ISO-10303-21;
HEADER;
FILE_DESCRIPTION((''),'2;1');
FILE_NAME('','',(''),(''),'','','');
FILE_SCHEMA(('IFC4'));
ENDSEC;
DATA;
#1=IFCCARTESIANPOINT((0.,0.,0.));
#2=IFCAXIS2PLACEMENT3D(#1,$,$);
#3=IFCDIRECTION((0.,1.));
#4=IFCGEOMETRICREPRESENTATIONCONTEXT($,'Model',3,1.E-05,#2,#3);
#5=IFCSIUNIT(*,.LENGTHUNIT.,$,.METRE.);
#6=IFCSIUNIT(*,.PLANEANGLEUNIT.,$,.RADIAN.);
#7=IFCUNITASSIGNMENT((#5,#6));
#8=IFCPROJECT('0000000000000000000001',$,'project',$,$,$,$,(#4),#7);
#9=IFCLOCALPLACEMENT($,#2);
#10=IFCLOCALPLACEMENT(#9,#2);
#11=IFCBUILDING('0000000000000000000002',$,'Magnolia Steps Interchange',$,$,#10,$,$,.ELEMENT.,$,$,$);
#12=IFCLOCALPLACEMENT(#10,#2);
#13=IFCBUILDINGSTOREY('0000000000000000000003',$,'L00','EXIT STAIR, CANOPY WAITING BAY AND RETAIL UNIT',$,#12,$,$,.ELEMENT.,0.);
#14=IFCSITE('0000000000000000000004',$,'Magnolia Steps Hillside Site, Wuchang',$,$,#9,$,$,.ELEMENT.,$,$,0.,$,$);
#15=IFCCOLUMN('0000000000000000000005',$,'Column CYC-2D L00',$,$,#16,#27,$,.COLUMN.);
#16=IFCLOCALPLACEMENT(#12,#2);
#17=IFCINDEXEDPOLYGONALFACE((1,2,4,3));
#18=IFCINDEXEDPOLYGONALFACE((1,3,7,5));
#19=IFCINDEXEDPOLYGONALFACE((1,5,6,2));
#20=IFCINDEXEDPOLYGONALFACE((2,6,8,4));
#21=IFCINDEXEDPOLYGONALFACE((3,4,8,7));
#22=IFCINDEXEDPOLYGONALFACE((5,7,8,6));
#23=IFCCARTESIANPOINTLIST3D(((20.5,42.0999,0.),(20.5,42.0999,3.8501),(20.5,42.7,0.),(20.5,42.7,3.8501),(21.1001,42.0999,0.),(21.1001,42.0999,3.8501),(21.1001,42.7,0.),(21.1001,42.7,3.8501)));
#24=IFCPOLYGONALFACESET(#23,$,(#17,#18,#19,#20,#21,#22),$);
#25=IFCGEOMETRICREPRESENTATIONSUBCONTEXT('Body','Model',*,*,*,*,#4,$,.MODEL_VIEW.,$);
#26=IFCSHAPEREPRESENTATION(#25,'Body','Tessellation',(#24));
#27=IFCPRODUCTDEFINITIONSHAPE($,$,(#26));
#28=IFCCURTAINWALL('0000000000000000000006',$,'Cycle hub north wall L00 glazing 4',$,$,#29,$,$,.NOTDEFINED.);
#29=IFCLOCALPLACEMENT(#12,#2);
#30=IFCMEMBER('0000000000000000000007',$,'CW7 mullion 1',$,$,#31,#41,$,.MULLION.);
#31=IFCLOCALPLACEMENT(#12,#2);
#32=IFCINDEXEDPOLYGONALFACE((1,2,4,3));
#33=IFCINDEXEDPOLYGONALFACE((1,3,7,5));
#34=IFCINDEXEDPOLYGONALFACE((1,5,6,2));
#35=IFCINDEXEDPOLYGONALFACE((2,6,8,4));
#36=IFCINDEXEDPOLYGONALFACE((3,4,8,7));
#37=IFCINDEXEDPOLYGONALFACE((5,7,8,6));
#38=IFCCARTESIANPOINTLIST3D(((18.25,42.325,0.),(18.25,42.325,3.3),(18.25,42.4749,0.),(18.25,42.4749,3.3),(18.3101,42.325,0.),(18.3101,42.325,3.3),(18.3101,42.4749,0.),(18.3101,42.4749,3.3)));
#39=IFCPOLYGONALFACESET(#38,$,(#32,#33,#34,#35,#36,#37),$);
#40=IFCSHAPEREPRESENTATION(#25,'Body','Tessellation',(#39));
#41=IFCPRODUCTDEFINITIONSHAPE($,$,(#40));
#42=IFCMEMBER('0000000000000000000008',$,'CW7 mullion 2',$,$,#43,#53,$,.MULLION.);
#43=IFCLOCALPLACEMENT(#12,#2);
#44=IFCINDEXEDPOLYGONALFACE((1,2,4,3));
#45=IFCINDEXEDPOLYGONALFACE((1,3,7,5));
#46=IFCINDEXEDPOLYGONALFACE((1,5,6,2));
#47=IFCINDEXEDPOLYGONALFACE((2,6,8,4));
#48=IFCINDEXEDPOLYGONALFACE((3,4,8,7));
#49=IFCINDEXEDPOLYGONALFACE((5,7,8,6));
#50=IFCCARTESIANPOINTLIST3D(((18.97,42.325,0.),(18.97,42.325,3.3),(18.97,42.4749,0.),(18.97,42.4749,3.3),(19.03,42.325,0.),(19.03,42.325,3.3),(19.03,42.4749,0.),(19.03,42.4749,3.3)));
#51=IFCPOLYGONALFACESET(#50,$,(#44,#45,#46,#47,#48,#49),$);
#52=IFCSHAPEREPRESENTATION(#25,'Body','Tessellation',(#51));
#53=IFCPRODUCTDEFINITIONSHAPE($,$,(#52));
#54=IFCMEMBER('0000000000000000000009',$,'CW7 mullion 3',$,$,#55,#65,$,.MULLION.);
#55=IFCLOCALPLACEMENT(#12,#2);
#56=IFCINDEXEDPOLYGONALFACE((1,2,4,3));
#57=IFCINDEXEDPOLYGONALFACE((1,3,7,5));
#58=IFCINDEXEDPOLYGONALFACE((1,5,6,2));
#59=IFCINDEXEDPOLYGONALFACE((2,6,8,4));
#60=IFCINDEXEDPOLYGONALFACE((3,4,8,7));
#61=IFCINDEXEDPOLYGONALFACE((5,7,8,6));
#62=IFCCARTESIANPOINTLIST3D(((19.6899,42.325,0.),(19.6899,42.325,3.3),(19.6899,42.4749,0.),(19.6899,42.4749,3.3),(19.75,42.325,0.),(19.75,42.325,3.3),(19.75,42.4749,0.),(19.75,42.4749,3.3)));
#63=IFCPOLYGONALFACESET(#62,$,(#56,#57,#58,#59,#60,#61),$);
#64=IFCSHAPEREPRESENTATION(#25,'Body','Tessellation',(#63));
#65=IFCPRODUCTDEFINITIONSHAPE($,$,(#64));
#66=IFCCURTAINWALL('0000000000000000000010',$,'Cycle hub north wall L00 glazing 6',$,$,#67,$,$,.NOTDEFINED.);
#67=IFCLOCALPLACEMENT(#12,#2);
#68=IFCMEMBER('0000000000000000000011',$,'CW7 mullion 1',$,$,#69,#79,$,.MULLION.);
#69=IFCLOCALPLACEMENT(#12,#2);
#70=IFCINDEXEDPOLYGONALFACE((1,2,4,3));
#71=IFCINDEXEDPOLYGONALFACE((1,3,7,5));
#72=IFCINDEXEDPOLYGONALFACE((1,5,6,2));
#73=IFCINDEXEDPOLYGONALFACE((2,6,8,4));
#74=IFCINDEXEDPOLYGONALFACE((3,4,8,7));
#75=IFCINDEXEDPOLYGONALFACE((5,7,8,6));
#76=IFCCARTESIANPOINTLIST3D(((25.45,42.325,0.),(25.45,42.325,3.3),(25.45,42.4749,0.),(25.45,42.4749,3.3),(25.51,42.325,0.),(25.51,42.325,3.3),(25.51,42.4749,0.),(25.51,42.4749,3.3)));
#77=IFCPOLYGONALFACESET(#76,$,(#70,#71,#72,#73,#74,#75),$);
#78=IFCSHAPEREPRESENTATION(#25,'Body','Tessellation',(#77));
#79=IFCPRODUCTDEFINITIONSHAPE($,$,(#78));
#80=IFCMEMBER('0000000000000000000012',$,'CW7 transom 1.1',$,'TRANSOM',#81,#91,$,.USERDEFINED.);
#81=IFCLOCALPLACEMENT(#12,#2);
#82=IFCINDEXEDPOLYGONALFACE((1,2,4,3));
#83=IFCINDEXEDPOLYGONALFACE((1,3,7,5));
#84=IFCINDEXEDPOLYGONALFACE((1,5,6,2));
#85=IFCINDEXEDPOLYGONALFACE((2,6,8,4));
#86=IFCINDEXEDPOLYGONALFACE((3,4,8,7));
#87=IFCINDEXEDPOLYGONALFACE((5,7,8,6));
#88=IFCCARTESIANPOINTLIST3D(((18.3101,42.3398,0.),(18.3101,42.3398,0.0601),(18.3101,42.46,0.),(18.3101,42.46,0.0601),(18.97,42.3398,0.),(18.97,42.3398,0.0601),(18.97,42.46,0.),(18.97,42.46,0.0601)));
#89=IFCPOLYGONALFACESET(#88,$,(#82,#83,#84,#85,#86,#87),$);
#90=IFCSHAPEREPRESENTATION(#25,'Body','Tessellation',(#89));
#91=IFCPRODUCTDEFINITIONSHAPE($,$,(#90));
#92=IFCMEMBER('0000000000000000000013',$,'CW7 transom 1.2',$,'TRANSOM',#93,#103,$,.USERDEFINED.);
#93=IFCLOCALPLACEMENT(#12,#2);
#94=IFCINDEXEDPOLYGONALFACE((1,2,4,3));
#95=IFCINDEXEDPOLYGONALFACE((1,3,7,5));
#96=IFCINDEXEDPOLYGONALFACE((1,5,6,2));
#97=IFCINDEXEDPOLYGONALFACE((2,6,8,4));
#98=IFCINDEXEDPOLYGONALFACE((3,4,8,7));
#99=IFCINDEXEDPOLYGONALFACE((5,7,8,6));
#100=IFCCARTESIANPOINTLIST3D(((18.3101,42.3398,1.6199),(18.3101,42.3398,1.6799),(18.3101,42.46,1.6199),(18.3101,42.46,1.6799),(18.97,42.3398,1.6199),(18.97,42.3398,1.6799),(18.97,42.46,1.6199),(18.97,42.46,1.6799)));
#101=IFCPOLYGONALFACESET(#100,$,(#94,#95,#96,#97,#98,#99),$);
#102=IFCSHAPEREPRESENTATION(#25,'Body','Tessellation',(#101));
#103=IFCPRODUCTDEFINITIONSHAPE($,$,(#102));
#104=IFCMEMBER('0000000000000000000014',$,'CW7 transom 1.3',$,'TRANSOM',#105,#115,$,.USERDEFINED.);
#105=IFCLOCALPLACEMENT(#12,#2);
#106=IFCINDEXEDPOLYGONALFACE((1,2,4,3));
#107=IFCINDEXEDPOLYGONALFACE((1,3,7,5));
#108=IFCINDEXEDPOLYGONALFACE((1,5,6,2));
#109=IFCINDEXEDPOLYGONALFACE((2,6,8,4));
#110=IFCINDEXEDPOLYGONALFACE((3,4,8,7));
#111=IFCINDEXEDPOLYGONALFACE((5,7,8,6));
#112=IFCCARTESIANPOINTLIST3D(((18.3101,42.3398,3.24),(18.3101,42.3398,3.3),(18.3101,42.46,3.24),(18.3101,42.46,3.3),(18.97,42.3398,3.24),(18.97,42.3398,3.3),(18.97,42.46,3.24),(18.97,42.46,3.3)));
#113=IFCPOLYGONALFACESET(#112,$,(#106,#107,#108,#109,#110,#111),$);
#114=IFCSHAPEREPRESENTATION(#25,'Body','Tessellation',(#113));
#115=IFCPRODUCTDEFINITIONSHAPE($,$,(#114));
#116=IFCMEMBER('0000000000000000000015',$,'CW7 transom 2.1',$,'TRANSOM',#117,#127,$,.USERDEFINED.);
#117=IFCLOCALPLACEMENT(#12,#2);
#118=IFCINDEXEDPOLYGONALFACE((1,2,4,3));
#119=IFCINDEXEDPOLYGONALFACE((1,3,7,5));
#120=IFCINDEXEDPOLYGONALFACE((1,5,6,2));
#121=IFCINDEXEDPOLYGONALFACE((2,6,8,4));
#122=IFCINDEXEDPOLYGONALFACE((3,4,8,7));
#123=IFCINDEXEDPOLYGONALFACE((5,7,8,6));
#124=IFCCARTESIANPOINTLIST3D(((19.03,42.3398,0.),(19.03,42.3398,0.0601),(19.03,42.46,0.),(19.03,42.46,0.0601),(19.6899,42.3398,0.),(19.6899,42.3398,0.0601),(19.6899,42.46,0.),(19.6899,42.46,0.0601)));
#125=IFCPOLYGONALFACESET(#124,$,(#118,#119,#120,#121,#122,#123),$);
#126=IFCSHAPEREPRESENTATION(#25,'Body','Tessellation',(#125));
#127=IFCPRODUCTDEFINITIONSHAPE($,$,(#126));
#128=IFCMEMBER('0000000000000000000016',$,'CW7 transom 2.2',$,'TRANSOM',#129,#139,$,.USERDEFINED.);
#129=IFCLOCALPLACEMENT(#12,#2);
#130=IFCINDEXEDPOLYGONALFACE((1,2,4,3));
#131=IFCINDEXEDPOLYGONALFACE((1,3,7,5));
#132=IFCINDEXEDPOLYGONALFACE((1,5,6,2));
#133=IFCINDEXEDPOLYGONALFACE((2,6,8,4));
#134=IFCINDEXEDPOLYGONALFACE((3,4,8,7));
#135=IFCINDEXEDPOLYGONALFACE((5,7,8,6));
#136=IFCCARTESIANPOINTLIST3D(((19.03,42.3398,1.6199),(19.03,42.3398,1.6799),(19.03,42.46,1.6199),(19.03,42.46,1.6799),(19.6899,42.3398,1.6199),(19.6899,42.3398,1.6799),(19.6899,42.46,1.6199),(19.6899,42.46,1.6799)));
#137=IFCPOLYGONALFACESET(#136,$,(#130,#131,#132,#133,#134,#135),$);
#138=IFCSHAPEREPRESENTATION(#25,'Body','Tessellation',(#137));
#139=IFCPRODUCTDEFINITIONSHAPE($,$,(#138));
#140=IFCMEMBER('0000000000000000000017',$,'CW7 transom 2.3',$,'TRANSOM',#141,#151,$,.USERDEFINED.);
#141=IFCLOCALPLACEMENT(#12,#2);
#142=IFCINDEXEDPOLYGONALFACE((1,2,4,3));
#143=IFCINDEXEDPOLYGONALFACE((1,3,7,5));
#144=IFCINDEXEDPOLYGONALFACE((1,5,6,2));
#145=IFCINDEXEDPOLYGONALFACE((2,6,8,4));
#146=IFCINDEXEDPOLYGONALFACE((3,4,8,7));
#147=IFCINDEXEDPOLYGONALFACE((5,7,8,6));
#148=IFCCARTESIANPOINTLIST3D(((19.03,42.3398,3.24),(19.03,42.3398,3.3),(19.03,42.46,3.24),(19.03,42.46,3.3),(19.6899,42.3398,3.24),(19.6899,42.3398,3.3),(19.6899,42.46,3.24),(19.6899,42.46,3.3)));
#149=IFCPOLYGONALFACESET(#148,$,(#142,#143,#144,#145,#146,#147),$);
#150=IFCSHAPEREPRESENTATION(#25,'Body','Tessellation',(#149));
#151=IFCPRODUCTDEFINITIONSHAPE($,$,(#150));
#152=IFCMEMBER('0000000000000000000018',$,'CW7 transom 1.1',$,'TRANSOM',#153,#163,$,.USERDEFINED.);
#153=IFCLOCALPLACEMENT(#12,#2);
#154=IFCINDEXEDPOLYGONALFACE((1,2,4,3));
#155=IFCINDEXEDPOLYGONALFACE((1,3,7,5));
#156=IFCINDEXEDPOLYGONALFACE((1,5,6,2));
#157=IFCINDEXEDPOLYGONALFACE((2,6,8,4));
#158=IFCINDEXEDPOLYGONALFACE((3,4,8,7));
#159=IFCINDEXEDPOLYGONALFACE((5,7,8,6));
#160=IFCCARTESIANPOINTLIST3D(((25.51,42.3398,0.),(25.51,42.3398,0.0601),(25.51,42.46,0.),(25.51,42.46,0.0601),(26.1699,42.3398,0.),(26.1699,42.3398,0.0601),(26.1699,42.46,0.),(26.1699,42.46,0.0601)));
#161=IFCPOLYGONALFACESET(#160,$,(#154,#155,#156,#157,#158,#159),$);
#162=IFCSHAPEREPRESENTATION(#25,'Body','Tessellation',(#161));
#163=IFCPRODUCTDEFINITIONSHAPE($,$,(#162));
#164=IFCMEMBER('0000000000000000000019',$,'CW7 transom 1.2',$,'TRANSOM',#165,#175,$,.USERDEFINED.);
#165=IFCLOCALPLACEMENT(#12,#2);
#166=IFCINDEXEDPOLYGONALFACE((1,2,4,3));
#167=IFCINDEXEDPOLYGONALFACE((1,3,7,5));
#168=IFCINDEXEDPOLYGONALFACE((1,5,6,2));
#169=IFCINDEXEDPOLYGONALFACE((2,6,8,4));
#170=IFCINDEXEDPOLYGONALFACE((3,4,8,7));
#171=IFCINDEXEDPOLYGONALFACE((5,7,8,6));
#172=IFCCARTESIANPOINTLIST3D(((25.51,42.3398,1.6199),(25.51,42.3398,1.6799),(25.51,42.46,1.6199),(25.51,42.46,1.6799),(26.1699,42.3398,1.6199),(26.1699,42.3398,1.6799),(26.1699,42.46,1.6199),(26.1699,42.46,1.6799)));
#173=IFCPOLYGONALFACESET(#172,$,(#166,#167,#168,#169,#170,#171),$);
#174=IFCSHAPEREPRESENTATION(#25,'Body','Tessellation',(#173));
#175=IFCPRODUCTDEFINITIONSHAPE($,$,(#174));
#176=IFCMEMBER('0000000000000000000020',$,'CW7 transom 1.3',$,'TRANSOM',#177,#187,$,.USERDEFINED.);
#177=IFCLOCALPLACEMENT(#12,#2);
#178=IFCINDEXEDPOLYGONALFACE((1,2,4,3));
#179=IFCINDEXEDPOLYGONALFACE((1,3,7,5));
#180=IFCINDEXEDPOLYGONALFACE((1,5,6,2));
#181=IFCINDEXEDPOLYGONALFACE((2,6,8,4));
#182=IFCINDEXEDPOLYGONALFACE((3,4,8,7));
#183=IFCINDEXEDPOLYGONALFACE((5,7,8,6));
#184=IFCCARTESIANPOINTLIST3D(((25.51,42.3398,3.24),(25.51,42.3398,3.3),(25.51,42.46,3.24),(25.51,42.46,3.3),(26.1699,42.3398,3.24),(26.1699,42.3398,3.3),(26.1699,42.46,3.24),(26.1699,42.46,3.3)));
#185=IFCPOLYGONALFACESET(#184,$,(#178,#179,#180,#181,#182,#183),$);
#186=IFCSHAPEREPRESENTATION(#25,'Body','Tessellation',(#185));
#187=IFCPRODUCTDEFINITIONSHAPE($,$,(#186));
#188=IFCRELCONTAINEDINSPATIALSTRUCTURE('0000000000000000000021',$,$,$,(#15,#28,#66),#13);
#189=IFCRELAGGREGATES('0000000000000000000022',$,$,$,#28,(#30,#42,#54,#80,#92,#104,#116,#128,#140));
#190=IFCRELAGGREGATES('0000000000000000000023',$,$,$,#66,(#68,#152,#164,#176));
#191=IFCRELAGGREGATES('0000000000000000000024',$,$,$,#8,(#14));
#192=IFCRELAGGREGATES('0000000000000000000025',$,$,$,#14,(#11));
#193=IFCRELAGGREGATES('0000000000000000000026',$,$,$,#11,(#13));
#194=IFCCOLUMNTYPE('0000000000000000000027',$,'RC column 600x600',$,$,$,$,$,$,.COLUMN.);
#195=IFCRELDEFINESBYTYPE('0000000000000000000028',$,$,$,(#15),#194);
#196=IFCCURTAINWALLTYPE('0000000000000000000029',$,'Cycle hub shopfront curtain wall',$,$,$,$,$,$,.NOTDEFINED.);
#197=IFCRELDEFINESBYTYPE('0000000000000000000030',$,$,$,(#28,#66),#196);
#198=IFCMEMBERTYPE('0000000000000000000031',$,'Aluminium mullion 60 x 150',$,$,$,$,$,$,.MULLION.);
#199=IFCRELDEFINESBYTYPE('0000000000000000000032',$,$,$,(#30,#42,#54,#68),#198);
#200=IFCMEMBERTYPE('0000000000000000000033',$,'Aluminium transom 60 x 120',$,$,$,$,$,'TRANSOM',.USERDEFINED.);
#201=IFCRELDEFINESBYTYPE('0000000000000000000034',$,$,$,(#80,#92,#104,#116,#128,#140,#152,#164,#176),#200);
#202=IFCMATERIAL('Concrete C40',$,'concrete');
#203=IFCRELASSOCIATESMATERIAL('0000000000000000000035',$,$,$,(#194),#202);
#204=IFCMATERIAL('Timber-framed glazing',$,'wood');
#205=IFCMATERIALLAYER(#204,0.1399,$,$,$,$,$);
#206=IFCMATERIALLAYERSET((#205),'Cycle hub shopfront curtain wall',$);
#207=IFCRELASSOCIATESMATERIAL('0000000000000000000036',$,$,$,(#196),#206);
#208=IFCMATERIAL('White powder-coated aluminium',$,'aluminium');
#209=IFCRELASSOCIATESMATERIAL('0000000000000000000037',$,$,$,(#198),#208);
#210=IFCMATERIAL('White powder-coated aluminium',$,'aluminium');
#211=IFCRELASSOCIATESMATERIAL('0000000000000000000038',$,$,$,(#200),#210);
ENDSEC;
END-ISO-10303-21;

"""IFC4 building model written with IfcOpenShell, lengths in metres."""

from ifc_helpers import new_model, si_unit, direction, frame, origin, origin_2d, place, context, subcontext, project, spatial, rectangle, extrude, material, layer, layer_set, material_profile, profile_set, type_object, element, aggregate, save


model = new_model("IFC4")

# Units and contexts
model_context = context("Model", 3, precision=1e-05, world=origin(), true_north=direction((0.0, 1.0)))
body_context = subcontext(model_context, "Body", "Model", "MODEL_VIEW")
ifc_project = project(units=[si_unit("LENGTHUNIT", "METRE"), si_unit("PLANEANGLEUNIT", "RADIAN")], contexts=[model_context])

# Site, building, storey
site_placement = place(None, origin())
site = spatial("IfcSite", under=ifc_project, at=site_placement, Name="Magnolia Steps Hillside Site, Wuchang", CompositionType="ELEMENT", RefElevation=0.0)
building_placement = place(site_placement, origin())
building = spatial("IfcBuilding", under=site, at=building_placement, Name="Magnolia Steps Interchange", CompositionType="ELEMENT")
storey_placement = place(building_placement, origin())
storey = spatial("IfcBuildingStorey", under=building, at=storey_placement, Name="L00", Description="EXIT STAIR, CANOPY WAITING BAY AND RETAIL UNIT", CompositionType="ELEMENT", Elevation=0.0)

# Column
ifc_material_1 = material(Name="Concrete C40", Category="concrete")
ifc_material_profile_1 = material_profile(ifc_material_1, rectangle(XDim=0.6001, YDim=0.6001, at=origin_2d()), Name="RC600x600")
ifc_profile_set_1 = profile_set([ifc_material_profile_1], Name="Concrete C40")
column_type = type_object("IfcColumnType", Name="RC column 600x600", PredefinedType="COLUMN", material=ifc_profile_set_1)
column_placement = place(storey_placement, frame((20.8, 42.3999, 0.0), z_axis=(0.0, 0.0, 1.0), x_axis=(1.0, 0.0, 0.0)))
element("IfcColumn", 1, at=column_placement, inside=storey, type_object=column_type, Name="Column CYC-2D L00", PredefinedType="COLUMN", context=body_context, shape_type="SweptSolid", body=[
    extrude(rectangle(XDim=0.6001, YDim=0.6001, at=origin_2d()), origin(), (0.0, 0.0, 1.0), 3.8501),
])

# Curtain wall, members
ifc_material_2 = material(Name="Timber-framed glazing", Category="wood")
ifc_layer_1 = layer(ifc_material_2, 0.1399)
ifc_layer_set_1 = layer_set([ifc_layer_1], Name="Cycle hub shopfront curtain wall")
curtain_wall_type = type_object("IfcCurtainWallType", Name="Cycle hub shopfront curtain wall", PredefinedType="NOTDEFINED", material=ifc_layer_set_1)
curtain_wall_1_placement = place(storey_placement, origin())
curtain_wall_1 = element("IfcCurtainWall", 2, at=curtain_wall_1_placement, inside=storey, type_object=curtain_wall_type, Name="Cycle hub north wall L00 glazing 4", PredefinedType="NOTDEFINED")
ifc_material_3 = material(Name="White powder-coated aluminium", Category="aluminium")
ifc_material_profile_2 = material_profile(ifc_material_3, rectangle(XDim=0.0601, YDim=0.1499, at=origin_2d()), Name="Aluminium mullion 60 x 150")
ifc_profile_set_2 = profile_set([ifc_material_profile_2], Name="White powder-coated aluminium")
member_type_1 = type_object("IfcMemberType", Name="Aluminium mullion 60 x 150", PredefinedType="MULLION", material=ifc_profile_set_2)
member_1_placement = place(storey_placement, frame((18.28, 42.3999, 0.0), z_axis=(0.0, 0.0, 1.0), x_axis=(1.0, 0.0, 0.0)))
member_1 = element("IfcMember", 3, at=member_1_placement, type_object=member_type_1, Name="CW7 mullion 1", PredefinedType="MULLION", context=body_context, shape_type="SweptSolid", body=[
    extrude(rectangle(XDim=0.0601, YDim=0.1499, at=origin_2d()), origin(), (0.0, 0.0, 1.0), 3.3),
])
member_2_placement = place(storey_placement, frame((19.0, 42.3999, 0.0), z_axis=(0.0, 0.0, 1.0), x_axis=(1.0, 0.0, 0.0)))
member_2 = element("IfcMember", 4, at=member_2_placement, type_object=member_type_1, Name="CW7 mullion 2", PredefinedType="MULLION", context=body_context, shape_type="SweptSolid", body=[
    extrude(rectangle(XDim=0.0601, YDim=0.1499, at=origin_2d()), origin(), (0.0, 0.0, 1.0), 3.3),
])
member_3_placement = place(storey_placement, frame((19.72, 42.3999, 0.0), z_axis=(0.0, 0.0, 1.0), x_axis=(1.0, 0.0, 0.0)))
member_3 = element("IfcMember", 5, at=member_3_placement, type_object=member_type_1, Name="CW7 mullion 3", PredefinedType="MULLION", context=body_context, shape_type="SweptSolid", body=[
    extrude(rectangle(XDim=0.0601, YDim=0.1499, at=origin_2d()), origin(), (0.0, 0.0, 1.0), 3.3),
])

# Curtain wall, member
curtain_wall_2_placement = place(storey_placement, origin())
curtain_wall_2 = element("IfcCurtainWall", 6, at=curtain_wall_2_placement, inside=storey, type_object=curtain_wall_type, Name="Cycle hub north wall L00 glazing 6", PredefinedType="NOTDEFINED")
member_4_placement = place(storey_placement, frame((25.48, 42.3999, 0.0), z_axis=(0.0, 0.0, 1.0), x_axis=(1.0, 0.0, 0.0)))
member_4 = element("IfcMember", 7, at=member_4_placement, type_object=member_type_1, Name="CW7 mullion 1", PredefinedType="MULLION", context=body_context, shape_type="SweptSolid", body=[
    extrude(rectangle(XDim=0.0601, YDim=0.1499, at=origin_2d()), origin(), (0.0, 0.0, 1.0), 3.3),
])

# Members
ifc_material_4 = material(Name="White powder-coated aluminium", Category="aluminium")
ifc_material_profile_3 = material_profile(ifc_material_4, rectangle(XDim=0.0601, YDim=0.1201, at=origin_2d()), Name="Aluminium transom 60 x 120")
ifc_profile_set_3 = profile_set([ifc_material_profile_3], Name="White powder-coated aluminium")
member_type_2 = type_object("IfcMemberType", Name="Aluminium transom 60 x 120", ElementType="TRANSOM", PredefinedType="USERDEFINED", material=ifc_profile_set_3)
member_5_placement = place(storey_placement, frame((18.3101, 42.3999, 0.03), z_axis=(1.0, 0.0, 0.0), x_axis=(0.0, 0.0, 1.0)))
member_5 = element("IfcMember", 8, at=member_5_placement, type_object=member_type_2, Name="CW7 transom 1.1", ObjectType="TRANSOM", PredefinedType="USERDEFINED", context=body_context, shape_type="SweptSolid", body=[
    extrude(rectangle(XDim=0.0601, YDim=0.1201, at=origin_2d()), origin(), (0.0, 0.0, 1.0), 0.6599),
])
member_6_placement = place(storey_placement, frame((18.3101, 42.3999, 1.6499), z_axis=(1.0, 0.0, 0.0), x_axis=(0.0, 0.0, 1.0)))
member_6 = element("IfcMember", 9, at=member_6_placement, type_object=member_type_2, Name="CW7 transom 1.2", ObjectType="TRANSOM", PredefinedType="USERDEFINED", context=body_context, shape_type="SweptSolid", body=[
    extrude(rectangle(XDim=0.0601, YDim=0.1201, at=origin_2d()), origin(), (0.0, 0.0, 1.0), 0.6599),
])
member_7_placement = place(storey_placement, frame((18.3101, 42.3999, 3.27), z_axis=(1.0, 0.0, 0.0), x_axis=(0.0, 0.0, 1.0)))
member_7 = element("IfcMember", 10, at=member_7_placement, type_object=member_type_2, Name="CW7 transom 1.3", ObjectType="TRANSOM", PredefinedType="USERDEFINED", context=body_context, shape_type="SweptSolid", body=[
    extrude(rectangle(XDim=0.0601, YDim=0.1201, at=origin_2d()), origin(), (0.0, 0.0, 1.0), 0.6599),
])
member_8_placement = place(storey_placement, frame((19.03, 42.3999, 0.03), z_axis=(1.0, 0.0, 0.0), x_axis=(0.0, 0.0, 1.0)))
member_8 = element("IfcMember", 11, at=member_8_placement, type_object=member_type_2, Name="CW7 transom 2.1", ObjectType="TRANSOM", PredefinedType="USERDEFINED", context=body_context, shape_type="SweptSolid", body=[
    extrude(rectangle(XDim=0.0601, YDim=0.1201, at=origin_2d()), origin(), (0.0, 0.0, 1.0), 0.6599),
])
member_9_placement = place(storey_placement, frame((19.03, 42.3999, 1.6499), z_axis=(1.0, 0.0, 0.0), x_axis=(0.0, 0.0, 1.0)))
member_9 = element("IfcMember", 12, at=member_9_placement, type_object=member_type_2, Name="CW7 transom 2.2", ObjectType="TRANSOM", PredefinedType="USERDEFINED", context=body_context, shape_type="SweptSolid", body=[
    extrude(rectangle(XDim=0.0601, YDim=0.1201, at=origin_2d()), origin(), (0.0, 0.0, 1.0), 0.6599),
])
member_10_placement = place(storey_placement, frame((19.03, 42.3999, 3.27), z_axis=(1.0, 0.0, 0.0), x_axis=(0.0, 0.0, 1.0)))
member_10 = element("IfcMember", 13, at=member_10_placement, type_object=member_type_2, Name="CW7 transom 2.3", ObjectType="TRANSOM", PredefinedType="USERDEFINED", context=body_context, shape_type="SweptSolid", body=[
    extrude(rectangle(XDim=0.0601, YDim=0.1201, at=origin_2d()), origin(), (0.0, 0.0, 1.0), 0.6599),
])
member_11_placement = place(storey_placement, frame((25.51, 42.3999, 0.03), z_axis=(1.0, 0.0, 0.0), x_axis=(0.0, 0.0, 1.0)))
member_11 = element("IfcMember", 14, at=member_11_placement, type_object=member_type_2, Name="CW7 transom 1.1", ObjectType="TRANSOM", PredefinedType="USERDEFINED", context=body_context, shape_type="SweptSolid", body=[
    extrude(rectangle(XDim=0.0601, YDim=0.1201, at=origin_2d()), origin(), (0.0, 0.0, 1.0), 0.6599),
])
member_12_placement = place(storey_placement, frame((25.51, 42.3999, 1.6499), z_axis=(1.0, 0.0, 0.0), x_axis=(0.0, 0.0, 1.0)))
member_12 = element("IfcMember", 15, at=member_12_placement, type_object=member_type_2, Name="CW7 transom 1.2", ObjectType="TRANSOM", PredefinedType="USERDEFINED", context=body_context, shape_type="SweptSolid", body=[
    extrude(rectangle(XDim=0.0601, YDim=0.1201, at=origin_2d()), origin(), (0.0, 0.0, 1.0), 0.6599),
])
member_13_placement = place(storey_placement, frame((25.51, 42.3999, 3.27), z_axis=(1.0, 0.0, 0.0), x_axis=(0.0, 0.0, 1.0)))
member_13 = element("IfcMember", 16, at=member_13_placement, type_object=member_type_2, Name="CW7 transom 1.3", ObjectType="TRANSOM", PredefinedType="USERDEFINED", context=body_context, shape_type="SweptSolid", body=[
    extrude(rectangle(XDim=0.0601, YDim=0.1201, at=origin_2d()), origin(), (0.0, 0.0, 1.0), 0.6599),
])

aggregate(curtain_wall_1, [member_1, member_2, member_3, member_5, member_6, member_7, member_8, member_9, member_10])
aggregate(curtain_wall_2, [member_4, member_11, member_12, member_13])

save(model, "model.ifc")
